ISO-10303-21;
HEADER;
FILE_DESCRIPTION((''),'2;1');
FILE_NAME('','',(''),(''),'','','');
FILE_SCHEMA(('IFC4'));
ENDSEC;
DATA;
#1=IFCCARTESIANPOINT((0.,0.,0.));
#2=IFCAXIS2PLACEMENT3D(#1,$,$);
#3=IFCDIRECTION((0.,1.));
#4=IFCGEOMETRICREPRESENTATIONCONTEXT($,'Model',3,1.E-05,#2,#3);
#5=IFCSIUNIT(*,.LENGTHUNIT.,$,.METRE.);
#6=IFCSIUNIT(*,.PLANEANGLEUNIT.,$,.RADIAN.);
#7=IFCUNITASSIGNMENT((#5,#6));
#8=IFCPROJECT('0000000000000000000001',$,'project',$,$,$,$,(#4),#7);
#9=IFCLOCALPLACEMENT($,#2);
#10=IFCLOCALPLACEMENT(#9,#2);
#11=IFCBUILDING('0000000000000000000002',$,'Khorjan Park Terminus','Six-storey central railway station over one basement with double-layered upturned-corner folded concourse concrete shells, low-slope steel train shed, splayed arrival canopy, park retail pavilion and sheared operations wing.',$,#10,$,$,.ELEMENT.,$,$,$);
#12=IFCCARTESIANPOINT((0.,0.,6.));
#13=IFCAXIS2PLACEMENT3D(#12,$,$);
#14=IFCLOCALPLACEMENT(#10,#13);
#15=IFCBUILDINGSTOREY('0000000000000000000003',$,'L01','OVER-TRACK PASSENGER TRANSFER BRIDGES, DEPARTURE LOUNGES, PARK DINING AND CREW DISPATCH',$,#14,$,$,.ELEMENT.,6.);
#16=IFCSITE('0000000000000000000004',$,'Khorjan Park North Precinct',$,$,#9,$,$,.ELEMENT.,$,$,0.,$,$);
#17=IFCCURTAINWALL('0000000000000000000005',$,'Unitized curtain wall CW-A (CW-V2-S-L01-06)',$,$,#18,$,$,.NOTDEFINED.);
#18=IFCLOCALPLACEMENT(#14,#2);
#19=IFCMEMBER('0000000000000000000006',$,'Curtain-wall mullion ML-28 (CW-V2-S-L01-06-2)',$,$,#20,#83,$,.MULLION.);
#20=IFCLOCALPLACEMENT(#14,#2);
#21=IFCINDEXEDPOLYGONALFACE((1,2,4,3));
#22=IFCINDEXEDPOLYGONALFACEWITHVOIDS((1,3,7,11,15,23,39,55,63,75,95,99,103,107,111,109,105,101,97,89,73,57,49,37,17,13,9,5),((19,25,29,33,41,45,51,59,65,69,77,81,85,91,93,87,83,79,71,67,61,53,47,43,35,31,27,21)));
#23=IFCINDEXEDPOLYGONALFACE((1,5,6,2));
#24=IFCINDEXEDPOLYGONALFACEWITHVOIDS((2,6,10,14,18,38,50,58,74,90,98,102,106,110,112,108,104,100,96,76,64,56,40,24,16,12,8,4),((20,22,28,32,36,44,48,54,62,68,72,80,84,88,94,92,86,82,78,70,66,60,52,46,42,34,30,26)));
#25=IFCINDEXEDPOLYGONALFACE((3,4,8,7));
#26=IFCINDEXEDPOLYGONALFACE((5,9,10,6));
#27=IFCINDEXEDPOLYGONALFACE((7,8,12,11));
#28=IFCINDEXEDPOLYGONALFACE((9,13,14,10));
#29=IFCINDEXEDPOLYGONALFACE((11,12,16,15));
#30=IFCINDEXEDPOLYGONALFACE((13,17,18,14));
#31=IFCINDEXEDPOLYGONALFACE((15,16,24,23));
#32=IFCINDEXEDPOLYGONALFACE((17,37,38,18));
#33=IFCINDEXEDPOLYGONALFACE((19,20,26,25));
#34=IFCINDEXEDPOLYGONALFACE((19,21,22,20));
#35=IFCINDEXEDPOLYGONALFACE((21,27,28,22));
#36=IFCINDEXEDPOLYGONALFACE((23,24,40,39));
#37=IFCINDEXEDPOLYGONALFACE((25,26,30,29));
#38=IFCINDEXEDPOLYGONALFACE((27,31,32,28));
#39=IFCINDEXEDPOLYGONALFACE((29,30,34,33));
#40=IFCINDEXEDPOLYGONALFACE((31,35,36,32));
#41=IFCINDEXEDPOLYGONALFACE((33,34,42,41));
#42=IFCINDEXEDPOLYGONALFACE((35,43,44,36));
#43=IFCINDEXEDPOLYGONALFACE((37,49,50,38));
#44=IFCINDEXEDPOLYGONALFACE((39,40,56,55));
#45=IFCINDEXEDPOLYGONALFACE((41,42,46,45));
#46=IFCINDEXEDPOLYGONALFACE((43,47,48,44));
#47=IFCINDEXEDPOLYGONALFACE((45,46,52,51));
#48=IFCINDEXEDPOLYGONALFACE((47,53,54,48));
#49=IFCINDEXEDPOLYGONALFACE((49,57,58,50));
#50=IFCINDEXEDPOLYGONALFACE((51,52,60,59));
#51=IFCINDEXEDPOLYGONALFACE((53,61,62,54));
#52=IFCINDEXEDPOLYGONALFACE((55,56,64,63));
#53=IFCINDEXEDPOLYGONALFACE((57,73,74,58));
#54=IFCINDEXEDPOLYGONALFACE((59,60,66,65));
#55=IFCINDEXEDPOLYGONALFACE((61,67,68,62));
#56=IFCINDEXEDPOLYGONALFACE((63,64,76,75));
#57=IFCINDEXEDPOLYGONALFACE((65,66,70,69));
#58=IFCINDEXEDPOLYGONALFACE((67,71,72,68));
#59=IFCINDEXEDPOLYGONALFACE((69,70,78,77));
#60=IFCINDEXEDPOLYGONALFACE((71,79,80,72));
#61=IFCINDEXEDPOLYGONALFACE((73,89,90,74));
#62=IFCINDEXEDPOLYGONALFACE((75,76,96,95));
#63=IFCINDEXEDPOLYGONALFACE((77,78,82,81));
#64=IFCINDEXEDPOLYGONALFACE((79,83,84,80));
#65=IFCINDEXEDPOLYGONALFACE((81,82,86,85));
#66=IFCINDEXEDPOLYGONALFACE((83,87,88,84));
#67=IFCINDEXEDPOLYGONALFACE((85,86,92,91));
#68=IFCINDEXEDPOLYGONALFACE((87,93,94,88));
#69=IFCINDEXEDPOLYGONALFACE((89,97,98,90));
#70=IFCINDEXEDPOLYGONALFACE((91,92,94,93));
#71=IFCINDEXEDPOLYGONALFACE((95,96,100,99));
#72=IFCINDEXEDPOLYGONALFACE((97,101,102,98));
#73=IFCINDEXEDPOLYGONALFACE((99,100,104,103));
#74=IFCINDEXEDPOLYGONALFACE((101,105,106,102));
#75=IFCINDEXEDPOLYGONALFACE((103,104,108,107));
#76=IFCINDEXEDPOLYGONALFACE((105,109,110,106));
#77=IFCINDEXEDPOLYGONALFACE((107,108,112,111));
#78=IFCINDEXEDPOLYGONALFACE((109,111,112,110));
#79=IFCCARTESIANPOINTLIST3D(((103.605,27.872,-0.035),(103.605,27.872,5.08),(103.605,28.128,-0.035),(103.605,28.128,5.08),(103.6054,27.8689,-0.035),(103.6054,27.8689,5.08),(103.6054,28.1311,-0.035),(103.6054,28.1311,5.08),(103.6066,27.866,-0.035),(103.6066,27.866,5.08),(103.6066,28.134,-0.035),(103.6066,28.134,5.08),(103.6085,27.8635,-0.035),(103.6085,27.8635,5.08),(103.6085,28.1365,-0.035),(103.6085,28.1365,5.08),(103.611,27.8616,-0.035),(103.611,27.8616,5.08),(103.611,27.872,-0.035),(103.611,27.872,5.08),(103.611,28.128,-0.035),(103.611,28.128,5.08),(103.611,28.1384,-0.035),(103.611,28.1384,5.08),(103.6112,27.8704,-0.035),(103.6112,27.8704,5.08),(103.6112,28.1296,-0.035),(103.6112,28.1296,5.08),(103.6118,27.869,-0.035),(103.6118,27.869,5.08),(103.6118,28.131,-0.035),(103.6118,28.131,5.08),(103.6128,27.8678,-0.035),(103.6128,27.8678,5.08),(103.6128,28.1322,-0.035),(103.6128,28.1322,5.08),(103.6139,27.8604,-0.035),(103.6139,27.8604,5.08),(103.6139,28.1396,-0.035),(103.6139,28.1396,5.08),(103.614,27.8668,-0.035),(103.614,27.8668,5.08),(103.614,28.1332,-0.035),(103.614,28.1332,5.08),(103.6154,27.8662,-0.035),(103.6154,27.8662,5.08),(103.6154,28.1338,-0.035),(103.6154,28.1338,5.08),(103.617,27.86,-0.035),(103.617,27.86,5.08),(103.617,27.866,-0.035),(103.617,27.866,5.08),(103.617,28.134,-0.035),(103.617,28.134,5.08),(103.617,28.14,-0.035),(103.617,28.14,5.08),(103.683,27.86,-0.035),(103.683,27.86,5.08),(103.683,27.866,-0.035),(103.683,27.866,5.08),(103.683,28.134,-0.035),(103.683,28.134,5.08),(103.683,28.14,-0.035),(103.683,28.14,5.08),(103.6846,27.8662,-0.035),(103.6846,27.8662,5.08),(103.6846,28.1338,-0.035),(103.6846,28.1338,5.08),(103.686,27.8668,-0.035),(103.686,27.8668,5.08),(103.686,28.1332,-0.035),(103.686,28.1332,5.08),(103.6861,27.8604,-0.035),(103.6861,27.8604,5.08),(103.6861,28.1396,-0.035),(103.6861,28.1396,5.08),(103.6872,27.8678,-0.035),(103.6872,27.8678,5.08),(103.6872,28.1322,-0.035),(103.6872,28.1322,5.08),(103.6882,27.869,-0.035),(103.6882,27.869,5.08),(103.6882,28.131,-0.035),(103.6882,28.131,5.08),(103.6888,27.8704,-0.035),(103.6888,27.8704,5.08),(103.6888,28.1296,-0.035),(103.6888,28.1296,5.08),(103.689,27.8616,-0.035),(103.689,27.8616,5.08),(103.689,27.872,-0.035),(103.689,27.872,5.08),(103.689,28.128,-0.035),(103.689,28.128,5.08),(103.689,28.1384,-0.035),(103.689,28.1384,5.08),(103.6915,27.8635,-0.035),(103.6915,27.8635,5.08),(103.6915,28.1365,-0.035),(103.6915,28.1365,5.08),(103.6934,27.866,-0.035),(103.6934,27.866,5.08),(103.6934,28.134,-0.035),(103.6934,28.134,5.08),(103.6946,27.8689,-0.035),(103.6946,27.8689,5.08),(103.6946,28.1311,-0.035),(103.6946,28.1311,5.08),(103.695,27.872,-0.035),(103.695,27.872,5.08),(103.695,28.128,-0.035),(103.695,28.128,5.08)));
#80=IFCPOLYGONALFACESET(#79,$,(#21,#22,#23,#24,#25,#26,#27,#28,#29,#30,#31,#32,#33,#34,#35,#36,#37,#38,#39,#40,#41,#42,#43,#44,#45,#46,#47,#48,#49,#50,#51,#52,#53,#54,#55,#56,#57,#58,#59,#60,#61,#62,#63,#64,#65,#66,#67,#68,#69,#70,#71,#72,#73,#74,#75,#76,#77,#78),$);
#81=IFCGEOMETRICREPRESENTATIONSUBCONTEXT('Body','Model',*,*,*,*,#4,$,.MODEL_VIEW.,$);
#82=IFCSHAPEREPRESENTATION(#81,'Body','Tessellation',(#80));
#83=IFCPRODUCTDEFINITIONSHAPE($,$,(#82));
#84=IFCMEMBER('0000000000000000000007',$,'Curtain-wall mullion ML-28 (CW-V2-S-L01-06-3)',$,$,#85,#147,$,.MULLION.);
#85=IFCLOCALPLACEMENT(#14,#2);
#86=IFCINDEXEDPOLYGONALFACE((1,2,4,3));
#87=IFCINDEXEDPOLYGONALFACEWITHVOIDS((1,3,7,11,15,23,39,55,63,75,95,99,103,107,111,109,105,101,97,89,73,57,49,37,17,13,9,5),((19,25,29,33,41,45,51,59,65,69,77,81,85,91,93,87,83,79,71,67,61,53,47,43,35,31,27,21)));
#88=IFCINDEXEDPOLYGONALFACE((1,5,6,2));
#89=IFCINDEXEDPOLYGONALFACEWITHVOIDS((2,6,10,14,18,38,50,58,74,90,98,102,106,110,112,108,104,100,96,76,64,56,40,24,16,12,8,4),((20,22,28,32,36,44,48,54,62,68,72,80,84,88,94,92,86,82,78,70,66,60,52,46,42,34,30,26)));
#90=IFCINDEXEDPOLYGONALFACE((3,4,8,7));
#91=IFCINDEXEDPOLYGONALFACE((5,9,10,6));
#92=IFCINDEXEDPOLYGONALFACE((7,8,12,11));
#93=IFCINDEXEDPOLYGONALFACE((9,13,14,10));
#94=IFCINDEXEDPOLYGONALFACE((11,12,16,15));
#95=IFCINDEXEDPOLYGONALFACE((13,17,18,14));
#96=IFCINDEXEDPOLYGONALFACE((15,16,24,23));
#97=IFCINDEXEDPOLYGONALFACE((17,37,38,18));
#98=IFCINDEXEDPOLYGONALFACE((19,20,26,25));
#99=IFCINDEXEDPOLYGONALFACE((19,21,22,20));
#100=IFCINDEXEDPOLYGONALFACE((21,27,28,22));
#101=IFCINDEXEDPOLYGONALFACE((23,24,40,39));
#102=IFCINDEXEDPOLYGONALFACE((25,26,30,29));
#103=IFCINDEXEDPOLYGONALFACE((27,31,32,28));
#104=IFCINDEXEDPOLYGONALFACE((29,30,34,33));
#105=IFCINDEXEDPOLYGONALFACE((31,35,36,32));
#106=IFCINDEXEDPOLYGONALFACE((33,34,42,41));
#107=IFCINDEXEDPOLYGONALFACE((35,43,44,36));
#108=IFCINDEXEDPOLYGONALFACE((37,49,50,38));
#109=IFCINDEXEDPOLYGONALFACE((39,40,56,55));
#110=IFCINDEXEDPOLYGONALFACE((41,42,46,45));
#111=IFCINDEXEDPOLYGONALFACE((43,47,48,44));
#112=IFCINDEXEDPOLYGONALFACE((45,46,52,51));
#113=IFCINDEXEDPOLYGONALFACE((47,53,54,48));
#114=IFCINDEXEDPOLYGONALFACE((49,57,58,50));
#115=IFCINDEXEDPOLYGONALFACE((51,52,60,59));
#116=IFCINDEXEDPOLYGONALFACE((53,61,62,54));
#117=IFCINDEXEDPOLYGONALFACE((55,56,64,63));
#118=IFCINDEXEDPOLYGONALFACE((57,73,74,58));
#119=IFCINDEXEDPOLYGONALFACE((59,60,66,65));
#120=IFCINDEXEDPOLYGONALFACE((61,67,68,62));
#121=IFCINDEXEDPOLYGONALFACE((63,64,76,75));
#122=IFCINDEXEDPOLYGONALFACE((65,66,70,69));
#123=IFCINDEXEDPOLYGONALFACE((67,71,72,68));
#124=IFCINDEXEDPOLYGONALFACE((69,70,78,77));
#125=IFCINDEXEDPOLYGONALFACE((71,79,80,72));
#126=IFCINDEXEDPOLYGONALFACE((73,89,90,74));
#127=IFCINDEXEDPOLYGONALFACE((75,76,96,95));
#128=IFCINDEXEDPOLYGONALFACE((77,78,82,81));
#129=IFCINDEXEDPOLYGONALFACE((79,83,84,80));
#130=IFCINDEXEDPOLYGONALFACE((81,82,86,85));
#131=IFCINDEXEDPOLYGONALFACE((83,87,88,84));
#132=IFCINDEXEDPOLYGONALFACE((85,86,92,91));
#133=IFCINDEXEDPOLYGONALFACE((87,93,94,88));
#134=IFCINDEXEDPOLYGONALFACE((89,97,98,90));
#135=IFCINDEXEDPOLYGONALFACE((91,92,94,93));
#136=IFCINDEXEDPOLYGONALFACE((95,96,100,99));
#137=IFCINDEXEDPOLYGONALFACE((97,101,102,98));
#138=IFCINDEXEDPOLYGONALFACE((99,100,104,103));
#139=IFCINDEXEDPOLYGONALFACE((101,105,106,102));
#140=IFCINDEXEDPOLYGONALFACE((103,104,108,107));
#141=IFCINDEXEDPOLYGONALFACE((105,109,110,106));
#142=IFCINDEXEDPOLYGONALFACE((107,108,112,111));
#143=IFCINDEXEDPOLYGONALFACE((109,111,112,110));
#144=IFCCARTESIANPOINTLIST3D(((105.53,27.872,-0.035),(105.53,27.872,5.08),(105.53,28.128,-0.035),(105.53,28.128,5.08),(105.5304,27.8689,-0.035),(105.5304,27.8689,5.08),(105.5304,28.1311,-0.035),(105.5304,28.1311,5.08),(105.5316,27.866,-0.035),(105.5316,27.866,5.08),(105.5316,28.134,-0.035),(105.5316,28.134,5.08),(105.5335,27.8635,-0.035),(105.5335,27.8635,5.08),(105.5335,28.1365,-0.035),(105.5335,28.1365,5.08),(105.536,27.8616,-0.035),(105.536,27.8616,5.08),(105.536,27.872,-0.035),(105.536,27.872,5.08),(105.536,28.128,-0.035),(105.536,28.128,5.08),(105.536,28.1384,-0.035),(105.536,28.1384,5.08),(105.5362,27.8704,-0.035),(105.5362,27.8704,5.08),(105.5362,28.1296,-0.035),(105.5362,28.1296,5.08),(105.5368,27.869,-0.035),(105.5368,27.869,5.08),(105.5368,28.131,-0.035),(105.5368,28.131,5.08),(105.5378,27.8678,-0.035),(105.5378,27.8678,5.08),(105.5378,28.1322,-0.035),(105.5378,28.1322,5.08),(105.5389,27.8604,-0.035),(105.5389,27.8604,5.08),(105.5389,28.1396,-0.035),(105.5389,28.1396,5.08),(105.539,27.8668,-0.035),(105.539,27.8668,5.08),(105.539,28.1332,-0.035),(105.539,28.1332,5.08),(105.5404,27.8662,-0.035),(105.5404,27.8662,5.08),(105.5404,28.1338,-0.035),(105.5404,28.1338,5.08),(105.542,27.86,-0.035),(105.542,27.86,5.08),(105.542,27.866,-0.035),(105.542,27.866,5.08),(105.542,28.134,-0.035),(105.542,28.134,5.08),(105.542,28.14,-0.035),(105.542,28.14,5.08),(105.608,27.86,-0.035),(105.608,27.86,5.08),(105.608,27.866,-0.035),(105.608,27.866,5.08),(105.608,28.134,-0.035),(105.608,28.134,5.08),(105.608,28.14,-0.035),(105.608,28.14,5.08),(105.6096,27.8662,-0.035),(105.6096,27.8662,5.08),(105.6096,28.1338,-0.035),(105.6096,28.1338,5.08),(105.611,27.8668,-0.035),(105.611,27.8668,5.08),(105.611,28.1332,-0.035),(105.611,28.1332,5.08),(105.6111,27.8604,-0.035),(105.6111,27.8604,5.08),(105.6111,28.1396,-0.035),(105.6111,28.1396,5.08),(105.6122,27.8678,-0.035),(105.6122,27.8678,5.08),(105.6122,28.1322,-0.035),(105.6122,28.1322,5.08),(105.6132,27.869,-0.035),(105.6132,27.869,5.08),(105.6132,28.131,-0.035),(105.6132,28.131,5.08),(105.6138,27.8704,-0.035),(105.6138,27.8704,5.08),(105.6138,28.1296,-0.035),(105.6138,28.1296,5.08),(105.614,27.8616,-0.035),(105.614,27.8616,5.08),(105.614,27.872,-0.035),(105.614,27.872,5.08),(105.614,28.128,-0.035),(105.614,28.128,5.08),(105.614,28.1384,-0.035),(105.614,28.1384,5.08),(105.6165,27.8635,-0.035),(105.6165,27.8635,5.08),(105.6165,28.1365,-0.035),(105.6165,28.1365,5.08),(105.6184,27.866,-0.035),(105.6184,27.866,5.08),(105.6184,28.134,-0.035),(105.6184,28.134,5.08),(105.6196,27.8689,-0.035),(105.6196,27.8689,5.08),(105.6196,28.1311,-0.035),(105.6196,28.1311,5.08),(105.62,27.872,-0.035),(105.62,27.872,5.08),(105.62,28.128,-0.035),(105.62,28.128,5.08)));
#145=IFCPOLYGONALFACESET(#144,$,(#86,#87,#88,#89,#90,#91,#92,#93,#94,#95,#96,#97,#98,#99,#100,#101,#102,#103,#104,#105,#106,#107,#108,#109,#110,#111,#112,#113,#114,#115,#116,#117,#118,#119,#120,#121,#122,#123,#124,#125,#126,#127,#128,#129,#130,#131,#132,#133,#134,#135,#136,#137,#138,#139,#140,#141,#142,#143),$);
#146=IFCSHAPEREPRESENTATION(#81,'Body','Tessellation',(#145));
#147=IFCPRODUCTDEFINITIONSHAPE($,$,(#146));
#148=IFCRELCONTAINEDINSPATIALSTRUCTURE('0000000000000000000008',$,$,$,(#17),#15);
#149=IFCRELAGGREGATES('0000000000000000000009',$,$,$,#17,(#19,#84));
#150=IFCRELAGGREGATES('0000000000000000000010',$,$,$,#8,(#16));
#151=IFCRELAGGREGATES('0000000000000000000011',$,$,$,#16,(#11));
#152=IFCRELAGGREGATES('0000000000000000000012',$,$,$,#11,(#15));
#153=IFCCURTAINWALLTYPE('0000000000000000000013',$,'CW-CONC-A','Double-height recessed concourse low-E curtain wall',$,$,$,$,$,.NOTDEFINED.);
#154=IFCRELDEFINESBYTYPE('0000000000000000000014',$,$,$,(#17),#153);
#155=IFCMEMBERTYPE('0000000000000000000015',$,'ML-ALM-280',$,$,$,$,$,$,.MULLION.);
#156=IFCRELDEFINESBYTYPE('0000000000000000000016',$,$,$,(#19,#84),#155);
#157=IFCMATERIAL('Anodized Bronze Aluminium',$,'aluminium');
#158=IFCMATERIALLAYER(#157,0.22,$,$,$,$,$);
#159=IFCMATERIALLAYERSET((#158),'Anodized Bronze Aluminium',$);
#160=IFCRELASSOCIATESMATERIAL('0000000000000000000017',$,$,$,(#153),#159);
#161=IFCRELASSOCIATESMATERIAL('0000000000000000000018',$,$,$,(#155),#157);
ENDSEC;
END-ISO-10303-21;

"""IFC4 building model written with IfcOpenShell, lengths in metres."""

from ifc_helpers import new_model, si_unit, direction, frame, origin, origin_2d, place, context, subcontext, project, spatial, hollow_rectangle, extrude, material, layer, layer_set, material_profile, profile_set, type_object, element, aggregate, save


model = new_model("IFC4")

# Units and contexts
model_context = context("Model", 3, precision=1e-05, world=origin(), true_north=direction((0.0, 1.0)))
body_context = subcontext(model_context, "Body", "Model", "MODEL_VIEW")
ifc_project = project(units=[si_unit("LENGTHUNIT", "METRE"), si_unit("PLANEANGLEUNIT", "RADIAN")], contexts=[model_context])

# Site, building, storey
site_placement = place(None, origin())
site = spatial("IfcSite", under=ifc_project, at=site_placement, Name="Khorjan Park North Precinct", CompositionType="ELEMENT", RefElevation=0.0)
building_placement = place(site_placement, origin())
building = spatial("IfcBuilding", under=site, at=building_placement, Name="Khorjan Park Terminus", Description="Six-storey central railway station over one basement with double-layered upturned-corner folded concourse concrete shells, low-slope steel train shed, splayed arrival canopy, park retail pavilion and sheared operations wing.", CompositionType="ELEMENT")
storey_placement = place(building_placement, frame((0.0, 0.0, 6.0)))
storey = spatial("IfcBuildingStorey", under=building, at=storey_placement, Name="L01", Description="OVER-TRACK PASSENGER TRANSFER BRIDGES, DEPARTURE LOUNGES, PARK DINING AND CREW DISPATCH", CompositionType="ELEMENT", Elevation=6.0)

# Shared definitions
ifc_material_1 = material(Name="Anodized Bronze Aluminium", Category="aluminium")
ifc_layer_1 = layer(ifc_material_1, 0.22)
ifc_layer_set_1 = layer_set([ifc_layer_1], Name="Anodized Bronze Aluminium")
curtain_wall_type = type_object("IfcCurtainWallType", Name="CW-CONC-A", Description="Double-height recessed concourse low-E curtain wall", PredefinedType="NOTDEFINED", material=ifc_layer_set_1)
ifc_material_profile_1 = material_profile(ifc_material_1, hollow_rectangle(XDim=0.09, YDim=0.28, WallThickness=0.006, InnerFilletRadius=0.006, OuterFilletRadius=0.012, at=origin_2d()), Name="ALM 90x280x6")
ifc_profile_set_1 = profile_set([ifc_material_profile_1], Name="Anodized Bronze Aluminium")
member_type_1 = type_object("IfcMemberType", Name="ML-ALM-280", PredefinedType="MULLION", material=ifc_profile_set_1)

# Curtain wall, members
curtain_wall_1_placement = place(storey_placement, origin())
curtain_wall_1 = element("IfcCurtainWall", 1, at=curtain_wall_1_placement, inside=storey, type_object=curtain_wall_type, Name="Unitized curtain wall CW-A (CW-V2-S-L01-06)", PredefinedType="NOTDEFINED")
member_1_placement = place(storey_placement, frame((103.65, 28.0, -0.035), z_axis=(0.0, 0.0, 1.0), x_axis=(1.0, 0.0, 0.0)))
member_1 = element("IfcMember", 2, at=member_1_placement, type_object=member_type_1, Name="Curtain-wall mullion ML-28 (CW-V2-S-L01-06-2)", PredefinedType="MULLION", context=body_context, shape_type="SweptSolid", body=[
    extrude(hollow_rectangle(XDim=0.09, YDim=0.28, WallThickness=0.006, InnerFilletRadius=0.006, OuterFilletRadius=0.012, at=origin_2d()), origin(), (0.0, 0.0, 1.0), 5.115),
])
member_2_placement = place(storey_placement, frame((105.575, 28.0, -0.035), z_axis=(0.0, 0.0, 1.0), x_axis=(1.0, 0.0, 0.0)))
member_2 = element("IfcMember", 3, at=member_2_placement, type_object=member_type_1, Name="Curtain-wall mullion ML-28 (CW-V2-S-L01-06-3)", PredefinedType="MULLION", context=body_context, shape_type="SweptSolid", body=[
    extrude(hollow_rectangle(XDim=0.09, YDim=0.28, WallThickness=0.006, InnerFilletRadius=0.006, OuterFilletRadius=0.012, at=origin_2d()), origin(), (0.0, 0.0, 1.0), 5.115),
])

aggregate(curtain_wall_1, [member_1, member_2])

save(model, "model.ifc")
